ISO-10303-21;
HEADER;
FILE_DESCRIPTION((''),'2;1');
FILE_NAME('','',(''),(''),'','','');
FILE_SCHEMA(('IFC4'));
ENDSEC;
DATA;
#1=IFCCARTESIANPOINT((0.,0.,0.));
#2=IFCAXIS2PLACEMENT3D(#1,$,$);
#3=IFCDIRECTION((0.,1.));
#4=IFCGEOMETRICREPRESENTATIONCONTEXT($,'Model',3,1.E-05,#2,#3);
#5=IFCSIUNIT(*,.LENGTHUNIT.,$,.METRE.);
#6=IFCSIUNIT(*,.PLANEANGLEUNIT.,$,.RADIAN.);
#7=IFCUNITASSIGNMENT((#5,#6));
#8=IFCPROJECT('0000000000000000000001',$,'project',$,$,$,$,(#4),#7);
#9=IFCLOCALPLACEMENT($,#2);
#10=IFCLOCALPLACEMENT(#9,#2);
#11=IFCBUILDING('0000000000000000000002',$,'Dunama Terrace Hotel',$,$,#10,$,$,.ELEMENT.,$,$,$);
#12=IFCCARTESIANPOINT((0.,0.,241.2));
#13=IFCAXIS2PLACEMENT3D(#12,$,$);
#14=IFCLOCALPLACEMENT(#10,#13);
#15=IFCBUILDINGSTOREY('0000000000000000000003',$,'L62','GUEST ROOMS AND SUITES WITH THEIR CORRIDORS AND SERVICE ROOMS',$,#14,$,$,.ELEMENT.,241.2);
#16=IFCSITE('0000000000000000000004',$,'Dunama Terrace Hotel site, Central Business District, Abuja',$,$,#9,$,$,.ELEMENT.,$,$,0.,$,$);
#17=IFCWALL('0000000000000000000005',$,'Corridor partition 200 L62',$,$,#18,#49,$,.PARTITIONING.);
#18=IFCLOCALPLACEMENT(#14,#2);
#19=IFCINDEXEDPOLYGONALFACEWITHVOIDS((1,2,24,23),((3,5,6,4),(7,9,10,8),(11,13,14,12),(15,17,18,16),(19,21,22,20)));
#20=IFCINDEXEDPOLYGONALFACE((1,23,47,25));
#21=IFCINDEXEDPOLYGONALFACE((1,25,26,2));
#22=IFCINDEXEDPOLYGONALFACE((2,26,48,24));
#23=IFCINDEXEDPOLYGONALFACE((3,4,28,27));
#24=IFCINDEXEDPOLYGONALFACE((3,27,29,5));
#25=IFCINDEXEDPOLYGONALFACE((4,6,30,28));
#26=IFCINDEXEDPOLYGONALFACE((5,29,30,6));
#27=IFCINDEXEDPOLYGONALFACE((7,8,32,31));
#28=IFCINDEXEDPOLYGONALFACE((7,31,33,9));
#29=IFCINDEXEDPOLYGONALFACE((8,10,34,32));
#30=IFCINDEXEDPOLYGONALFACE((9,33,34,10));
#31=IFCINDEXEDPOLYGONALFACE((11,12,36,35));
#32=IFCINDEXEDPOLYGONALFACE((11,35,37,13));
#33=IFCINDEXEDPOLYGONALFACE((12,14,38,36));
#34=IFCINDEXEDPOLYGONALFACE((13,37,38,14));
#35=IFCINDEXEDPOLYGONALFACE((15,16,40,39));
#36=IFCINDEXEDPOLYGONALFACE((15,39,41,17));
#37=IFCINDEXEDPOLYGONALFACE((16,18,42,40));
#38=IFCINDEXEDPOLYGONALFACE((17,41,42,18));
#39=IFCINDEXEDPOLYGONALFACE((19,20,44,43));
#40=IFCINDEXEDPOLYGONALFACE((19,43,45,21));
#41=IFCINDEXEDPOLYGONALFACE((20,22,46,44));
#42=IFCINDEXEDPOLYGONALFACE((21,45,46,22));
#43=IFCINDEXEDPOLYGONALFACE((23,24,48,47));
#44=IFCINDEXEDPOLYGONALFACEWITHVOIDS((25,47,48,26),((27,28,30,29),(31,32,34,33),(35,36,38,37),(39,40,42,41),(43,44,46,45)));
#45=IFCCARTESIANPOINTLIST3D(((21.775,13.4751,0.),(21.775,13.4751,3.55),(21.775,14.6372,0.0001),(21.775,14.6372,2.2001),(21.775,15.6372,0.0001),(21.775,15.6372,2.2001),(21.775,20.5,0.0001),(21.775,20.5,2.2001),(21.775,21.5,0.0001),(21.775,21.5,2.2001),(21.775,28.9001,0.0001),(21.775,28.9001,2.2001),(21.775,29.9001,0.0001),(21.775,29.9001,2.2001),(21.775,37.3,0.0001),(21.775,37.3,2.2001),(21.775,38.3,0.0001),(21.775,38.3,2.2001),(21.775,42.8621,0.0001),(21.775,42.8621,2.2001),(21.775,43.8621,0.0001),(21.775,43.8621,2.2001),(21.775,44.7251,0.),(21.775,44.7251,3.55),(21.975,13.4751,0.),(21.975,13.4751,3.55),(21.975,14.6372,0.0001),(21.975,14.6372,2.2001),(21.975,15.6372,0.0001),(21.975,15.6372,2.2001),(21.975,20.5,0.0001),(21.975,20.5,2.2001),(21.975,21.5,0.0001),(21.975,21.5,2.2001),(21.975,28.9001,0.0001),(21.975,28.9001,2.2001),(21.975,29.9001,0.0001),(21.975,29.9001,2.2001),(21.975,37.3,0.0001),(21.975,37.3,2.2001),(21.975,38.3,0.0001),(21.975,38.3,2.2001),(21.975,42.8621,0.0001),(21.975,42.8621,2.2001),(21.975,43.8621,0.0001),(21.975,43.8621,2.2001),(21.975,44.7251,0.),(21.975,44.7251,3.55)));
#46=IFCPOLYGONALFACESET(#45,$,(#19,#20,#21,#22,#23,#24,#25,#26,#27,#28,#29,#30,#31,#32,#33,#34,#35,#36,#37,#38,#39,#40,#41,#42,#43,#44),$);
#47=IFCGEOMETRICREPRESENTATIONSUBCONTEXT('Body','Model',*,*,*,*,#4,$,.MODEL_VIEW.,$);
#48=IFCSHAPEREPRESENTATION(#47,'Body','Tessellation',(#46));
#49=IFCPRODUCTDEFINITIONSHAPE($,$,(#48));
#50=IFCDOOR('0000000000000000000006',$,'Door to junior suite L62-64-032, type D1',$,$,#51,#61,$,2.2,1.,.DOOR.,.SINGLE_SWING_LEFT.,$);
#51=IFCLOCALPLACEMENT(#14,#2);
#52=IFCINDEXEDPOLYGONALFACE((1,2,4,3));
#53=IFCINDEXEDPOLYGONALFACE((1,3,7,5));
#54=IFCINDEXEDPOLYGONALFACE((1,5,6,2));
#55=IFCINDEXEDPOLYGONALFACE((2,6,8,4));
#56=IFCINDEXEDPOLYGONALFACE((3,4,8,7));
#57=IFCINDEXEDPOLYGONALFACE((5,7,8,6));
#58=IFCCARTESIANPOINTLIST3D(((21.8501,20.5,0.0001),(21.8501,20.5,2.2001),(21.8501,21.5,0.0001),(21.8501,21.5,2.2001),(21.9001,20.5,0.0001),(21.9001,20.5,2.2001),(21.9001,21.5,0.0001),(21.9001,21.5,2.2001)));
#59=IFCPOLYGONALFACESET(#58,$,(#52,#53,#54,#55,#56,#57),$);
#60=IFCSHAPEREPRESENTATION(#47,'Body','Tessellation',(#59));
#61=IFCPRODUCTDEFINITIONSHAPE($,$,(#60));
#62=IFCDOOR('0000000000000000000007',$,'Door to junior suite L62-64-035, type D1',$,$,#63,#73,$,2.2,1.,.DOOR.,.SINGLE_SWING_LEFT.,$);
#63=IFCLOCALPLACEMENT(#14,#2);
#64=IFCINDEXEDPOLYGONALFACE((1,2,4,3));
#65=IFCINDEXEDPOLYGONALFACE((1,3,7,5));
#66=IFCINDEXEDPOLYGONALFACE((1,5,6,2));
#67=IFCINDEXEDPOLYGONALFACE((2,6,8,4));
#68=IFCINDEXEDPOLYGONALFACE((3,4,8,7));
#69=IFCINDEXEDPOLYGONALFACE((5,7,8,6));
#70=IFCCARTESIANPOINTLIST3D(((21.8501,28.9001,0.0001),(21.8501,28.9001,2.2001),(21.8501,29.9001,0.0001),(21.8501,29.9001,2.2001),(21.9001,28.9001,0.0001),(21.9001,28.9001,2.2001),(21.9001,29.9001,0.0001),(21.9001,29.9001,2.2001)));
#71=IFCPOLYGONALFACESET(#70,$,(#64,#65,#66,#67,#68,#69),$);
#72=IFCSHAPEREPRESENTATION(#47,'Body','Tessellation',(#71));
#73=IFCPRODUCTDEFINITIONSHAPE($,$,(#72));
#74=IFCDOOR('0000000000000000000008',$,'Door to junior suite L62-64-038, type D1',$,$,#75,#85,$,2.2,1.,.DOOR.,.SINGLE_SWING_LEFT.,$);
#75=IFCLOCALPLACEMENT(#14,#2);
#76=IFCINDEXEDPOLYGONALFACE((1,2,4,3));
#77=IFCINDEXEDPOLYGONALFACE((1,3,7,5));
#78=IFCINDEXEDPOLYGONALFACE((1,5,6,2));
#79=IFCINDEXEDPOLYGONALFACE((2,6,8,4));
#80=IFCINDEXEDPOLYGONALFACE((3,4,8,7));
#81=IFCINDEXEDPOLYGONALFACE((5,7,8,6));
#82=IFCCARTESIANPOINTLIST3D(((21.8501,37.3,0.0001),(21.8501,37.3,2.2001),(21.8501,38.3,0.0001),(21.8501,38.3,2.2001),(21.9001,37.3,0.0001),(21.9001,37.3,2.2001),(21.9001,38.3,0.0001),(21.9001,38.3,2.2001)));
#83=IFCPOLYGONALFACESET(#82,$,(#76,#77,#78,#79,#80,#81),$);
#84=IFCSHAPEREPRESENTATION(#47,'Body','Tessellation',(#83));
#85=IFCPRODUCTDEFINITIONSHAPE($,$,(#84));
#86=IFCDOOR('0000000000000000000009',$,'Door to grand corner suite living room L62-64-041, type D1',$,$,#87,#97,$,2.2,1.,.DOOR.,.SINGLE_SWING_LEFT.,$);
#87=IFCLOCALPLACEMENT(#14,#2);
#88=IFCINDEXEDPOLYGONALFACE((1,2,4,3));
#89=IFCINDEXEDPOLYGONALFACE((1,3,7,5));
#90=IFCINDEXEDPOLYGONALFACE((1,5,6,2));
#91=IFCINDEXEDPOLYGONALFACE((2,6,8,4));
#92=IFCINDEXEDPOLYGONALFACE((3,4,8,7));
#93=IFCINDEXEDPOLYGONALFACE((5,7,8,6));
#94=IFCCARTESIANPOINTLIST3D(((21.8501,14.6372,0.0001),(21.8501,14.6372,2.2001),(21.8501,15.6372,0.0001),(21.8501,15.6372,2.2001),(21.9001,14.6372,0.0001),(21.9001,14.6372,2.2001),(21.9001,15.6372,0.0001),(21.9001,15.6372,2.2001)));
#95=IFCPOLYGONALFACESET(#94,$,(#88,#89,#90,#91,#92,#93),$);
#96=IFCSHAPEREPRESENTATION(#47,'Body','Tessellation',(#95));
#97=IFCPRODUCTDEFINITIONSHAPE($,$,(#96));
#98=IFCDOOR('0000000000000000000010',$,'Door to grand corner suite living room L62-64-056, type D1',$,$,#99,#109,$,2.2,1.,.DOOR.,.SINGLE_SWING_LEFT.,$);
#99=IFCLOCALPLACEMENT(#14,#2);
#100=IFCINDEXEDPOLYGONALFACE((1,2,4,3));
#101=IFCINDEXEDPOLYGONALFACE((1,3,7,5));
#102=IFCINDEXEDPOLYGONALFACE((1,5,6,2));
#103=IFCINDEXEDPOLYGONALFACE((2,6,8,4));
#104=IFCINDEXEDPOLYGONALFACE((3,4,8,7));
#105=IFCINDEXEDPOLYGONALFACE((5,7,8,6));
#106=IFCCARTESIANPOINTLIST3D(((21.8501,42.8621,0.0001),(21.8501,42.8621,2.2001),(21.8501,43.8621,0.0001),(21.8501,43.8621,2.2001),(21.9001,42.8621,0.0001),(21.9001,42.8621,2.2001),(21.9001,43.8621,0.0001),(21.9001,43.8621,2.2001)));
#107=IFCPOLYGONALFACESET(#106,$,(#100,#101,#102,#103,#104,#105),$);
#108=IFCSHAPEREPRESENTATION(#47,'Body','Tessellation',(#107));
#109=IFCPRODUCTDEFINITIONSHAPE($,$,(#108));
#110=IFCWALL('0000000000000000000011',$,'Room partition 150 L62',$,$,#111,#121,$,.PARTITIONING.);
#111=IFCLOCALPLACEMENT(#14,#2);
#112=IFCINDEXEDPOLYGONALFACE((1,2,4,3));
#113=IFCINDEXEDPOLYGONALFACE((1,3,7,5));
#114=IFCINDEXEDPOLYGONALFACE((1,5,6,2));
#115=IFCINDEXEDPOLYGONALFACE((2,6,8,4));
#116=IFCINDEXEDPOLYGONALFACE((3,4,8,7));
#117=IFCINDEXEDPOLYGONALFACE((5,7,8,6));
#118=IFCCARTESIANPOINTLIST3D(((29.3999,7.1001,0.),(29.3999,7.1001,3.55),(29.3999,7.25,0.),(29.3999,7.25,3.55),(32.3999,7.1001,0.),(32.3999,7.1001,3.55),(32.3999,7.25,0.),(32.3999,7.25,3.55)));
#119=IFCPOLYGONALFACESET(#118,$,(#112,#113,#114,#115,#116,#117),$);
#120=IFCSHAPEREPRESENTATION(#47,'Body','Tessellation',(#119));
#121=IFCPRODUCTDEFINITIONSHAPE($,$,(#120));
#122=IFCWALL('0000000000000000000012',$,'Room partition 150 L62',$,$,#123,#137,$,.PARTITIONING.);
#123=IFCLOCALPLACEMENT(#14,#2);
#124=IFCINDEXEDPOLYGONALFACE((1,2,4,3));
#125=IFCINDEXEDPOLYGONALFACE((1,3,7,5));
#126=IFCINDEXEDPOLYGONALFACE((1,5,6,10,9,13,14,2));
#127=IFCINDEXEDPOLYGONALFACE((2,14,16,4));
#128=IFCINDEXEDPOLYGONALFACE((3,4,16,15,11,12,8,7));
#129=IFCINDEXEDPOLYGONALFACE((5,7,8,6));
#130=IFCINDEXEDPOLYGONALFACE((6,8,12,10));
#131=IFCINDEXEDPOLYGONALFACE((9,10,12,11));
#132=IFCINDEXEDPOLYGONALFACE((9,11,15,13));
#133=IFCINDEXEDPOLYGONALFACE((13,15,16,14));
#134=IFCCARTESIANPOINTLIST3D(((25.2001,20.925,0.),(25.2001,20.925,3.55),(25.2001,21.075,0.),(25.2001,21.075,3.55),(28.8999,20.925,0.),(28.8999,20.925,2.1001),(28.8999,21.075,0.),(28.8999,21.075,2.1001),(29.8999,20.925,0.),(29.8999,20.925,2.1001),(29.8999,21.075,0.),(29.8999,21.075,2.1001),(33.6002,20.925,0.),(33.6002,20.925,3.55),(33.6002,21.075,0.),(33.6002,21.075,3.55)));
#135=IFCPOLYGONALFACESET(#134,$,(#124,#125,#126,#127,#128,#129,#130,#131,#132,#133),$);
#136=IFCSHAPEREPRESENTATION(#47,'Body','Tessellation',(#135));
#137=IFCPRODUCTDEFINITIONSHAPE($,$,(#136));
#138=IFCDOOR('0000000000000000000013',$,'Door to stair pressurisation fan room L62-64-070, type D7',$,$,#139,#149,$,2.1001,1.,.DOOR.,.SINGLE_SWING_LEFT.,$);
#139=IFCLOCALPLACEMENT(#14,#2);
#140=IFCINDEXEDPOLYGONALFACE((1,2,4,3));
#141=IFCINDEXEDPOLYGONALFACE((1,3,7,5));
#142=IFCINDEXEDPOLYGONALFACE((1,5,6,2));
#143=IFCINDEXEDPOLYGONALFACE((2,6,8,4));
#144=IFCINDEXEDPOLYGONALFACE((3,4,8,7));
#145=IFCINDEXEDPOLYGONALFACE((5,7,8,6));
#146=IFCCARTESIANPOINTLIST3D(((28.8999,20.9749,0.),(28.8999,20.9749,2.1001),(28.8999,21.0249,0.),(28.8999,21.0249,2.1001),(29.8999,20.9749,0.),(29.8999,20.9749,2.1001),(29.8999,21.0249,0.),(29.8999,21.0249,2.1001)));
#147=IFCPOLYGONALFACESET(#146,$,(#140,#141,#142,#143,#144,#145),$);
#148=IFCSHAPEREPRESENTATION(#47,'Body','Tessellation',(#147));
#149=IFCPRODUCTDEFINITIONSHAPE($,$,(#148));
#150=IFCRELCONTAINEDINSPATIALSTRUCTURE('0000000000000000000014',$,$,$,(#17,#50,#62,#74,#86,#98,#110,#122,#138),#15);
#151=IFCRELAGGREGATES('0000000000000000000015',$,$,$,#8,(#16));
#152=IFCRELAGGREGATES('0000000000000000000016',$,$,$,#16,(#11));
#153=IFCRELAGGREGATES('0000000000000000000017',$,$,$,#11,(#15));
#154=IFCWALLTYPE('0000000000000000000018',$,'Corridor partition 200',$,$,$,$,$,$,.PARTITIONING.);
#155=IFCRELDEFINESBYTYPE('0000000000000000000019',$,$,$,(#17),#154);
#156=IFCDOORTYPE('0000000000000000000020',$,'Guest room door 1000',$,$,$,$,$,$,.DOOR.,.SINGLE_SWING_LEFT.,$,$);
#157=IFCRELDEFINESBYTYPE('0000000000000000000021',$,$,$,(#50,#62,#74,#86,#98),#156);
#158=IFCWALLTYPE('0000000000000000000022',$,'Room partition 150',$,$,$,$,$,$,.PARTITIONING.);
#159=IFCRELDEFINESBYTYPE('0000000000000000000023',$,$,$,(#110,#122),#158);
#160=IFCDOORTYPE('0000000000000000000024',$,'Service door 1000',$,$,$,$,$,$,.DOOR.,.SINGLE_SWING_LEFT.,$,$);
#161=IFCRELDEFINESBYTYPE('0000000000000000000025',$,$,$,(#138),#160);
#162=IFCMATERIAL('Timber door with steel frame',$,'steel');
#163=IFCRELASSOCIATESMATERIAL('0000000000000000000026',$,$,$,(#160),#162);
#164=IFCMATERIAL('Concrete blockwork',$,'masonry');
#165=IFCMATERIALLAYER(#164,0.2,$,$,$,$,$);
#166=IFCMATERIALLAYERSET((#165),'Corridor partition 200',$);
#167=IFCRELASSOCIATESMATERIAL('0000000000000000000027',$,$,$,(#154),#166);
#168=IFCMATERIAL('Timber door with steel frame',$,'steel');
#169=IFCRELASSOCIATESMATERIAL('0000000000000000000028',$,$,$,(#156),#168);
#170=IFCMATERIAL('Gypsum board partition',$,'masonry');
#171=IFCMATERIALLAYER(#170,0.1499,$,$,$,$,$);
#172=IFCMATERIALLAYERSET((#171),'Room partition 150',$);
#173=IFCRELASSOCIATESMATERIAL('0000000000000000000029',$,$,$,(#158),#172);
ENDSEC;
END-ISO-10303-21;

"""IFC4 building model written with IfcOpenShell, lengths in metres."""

from ifc_helpers import new_model, si_unit, direction, frame, frame_2d, origin, place, context, subcontext, project, spatial, rectangle, extrude, material, layer, layer_set, type_object, element, fill, save


model = new_model("IFC4")

# Units and contexts
model_context = context("Model", 3, precision=1e-05, world=origin(), true_north=direction((0.0, 1.0)))
body_context = subcontext(model_context, "Body", "Model", "MODEL_VIEW")
ifc_project = project(units=[si_unit("LENGTHUNIT", "METRE"), si_unit("PLANEANGLEUNIT", "RADIAN")], contexts=[model_context])

# Site, building, storey
site_placement = place(None, origin())
site = spatial("IfcSite", under=ifc_project, at=site_placement, Name="Dunama Terrace Hotel site, Central Business District, Abuja", CompositionType="ELEMENT", RefElevation=0.0)
building_placement = place(site_placement, origin())
building = spatial("IfcBuilding", under=site, at=building_placement, Name="Dunama Terrace Hotel", CompositionType="ELEMENT")
storey_placement = place(building_placement, frame((0.0, 0.0, 241.2)))
storey = spatial("IfcBuildingStorey", under=building, at=storey_placement, Name="L62", Description="GUEST ROOMS AND SUITES WITH THEIR CORRIDORS AND SERVICE ROOMS", CompositionType="ELEMENT", Elevation=241.2)

# Wall, openings, doors
ifc_material_1 = material(Name="Timber door with steel frame", Category="steel")
door_type_1 = type_object("IfcDoorType", Name="Service door 1000", OperationType="SINGLE_SWING_LEFT", PredefinedType="DOOR", material=ifc_material_1)
ifc_material_2 = material(Name="Concrete blockwork", Category="masonry")
ifc_layer_1 = layer(ifc_material_2, 0.2)
ifc_layer_set_1 = layer_set([ifc_layer_1], Name="Corridor partition 200")
wall_type_1 = type_object("IfcWallType", Name="Corridor partition 200", PredefinedType="PARTITIONING", material=ifc_layer_set_1)
wall_1_placement = place(storey_placement, frame((21.875, 13.4751, 0.0), z_axis=(0.0, 0.0, 1.0), x_axis=(0.0, 1.0, 0.0)))
wall_1 = element("IfcWall", 1, at=wall_1_placement, inside=storey, type_object=wall_type_1, Name="Corridor partition 200 L62", PredefinedType="PARTITIONING", context=body_context, shape_type="SweptSolid", body=[
    extrude(rectangle(XDim=31.25, YDim=0.2, at=frame_2d((15.625, 0.0))), origin(), (0.0, 0.0, 1.0), 3.55),
])
opening_1_placement = place(wall_1_placement, frame((7.0249, 0.0, 0.0)))
opening_1 = element("IfcOpeningElement", 2, at=opening_1_placement, cuts=wall_1, PredefinedType="OPENING", context=body_context, shape_type="SweptSolid", body=[
    extrude(rectangle(XDim=1.0, YDim=2.2, at=frame_2d((0.5, 1.1001))), frame((0.0, 0.1099, 0.0), z_axis=(0.0, -1.0, 0.0), x_axis=(1.0, 0.0, 0.0)), (0.0, 0.0, 1.0), 0.22),
])
opening_2_placement = place(wall_1_placement, frame((15.425, 0.0, 0.0)))
opening_2 = element("IfcOpeningElement", 3, at=opening_2_placement, cuts=wall_1, PredefinedType="OPENING", context=body_context, shape_type="SweptSolid", body=[
    extrude(rectangle(XDim=1.0, YDim=2.2, at=frame_2d((0.5, 1.1001))), frame((0.0, 0.1099, 0.0), z_axis=(0.0, -1.0, 0.0), x_axis=(1.0, 0.0, 0.0)), (0.0, 0.0, 1.0), 0.22),
])
opening_3_placement = place(wall_1_placement, frame((23.825, 0.0, 0.0)))
opening_3 = element("IfcOpeningElement", 4, at=opening_3_placement, cuts=wall_1, PredefinedType="OPENING", context=body_context, shape_type="SweptSolid", body=[
    extrude(rectangle(XDim=1.0, YDim=2.2, at=frame_2d((0.5, 1.1001))), frame((0.0, 0.1099, 0.0), z_axis=(0.0, -1.0, 0.0), x_axis=(1.0, 0.0, 0.0)), (0.0, 0.0, 1.0), 0.22),
])
opening_4_placement = place(wall_1_placement, frame((1.1621, 0.0, 0.0)))
opening_4 = element("IfcOpeningElement", 5, at=opening_4_placement, cuts=wall_1, PredefinedType="OPENING", context=body_context, shape_type="SweptSolid", body=[
    extrude(rectangle(XDim=1.0, YDim=2.2, at=frame_2d((0.5, 1.1001))), frame((0.0, 0.1099, 0.0), z_axis=(0.0, -1.0, 0.0), x_axis=(1.0, 0.0, 0.0)), (0.0, 0.0, 1.0), 0.22),
])
opening_5_placement = place(wall_1_placement, frame((29.387, 0.0, 0.0)))
opening_5 = element("IfcOpeningElement", 6, at=opening_5_placement, cuts=wall_1, PredefinedType="OPENING", context=body_context, shape_type="SweptSolid", body=[
    extrude(rectangle(XDim=1.0, YDim=2.2, at=frame_2d((0.5, 1.1001))), frame((0.0, 0.1099, 0.0), z_axis=(0.0, -1.0, 0.0), x_axis=(1.0, 0.0, 0.0)), (0.0, 0.0, 1.0), 0.22),
])
ifc_material_3 = material(Name="Timber door with steel frame", Category="steel")
door_type_2 = type_object("IfcDoorType", Name="Guest room door 1000", OperationType="SINGLE_SWING_LEFT", PredefinedType="DOOR", material=ifc_material_3)
door_1_placement = place(opening_1_placement, origin())
door_1 = element("IfcDoor", 7, at=door_1_placement, inside=storey, type_object=door_type_2, Name="Door to junior suite L62-64-032, type D1", OperationType="SINGLE_SWING_LEFT", OverallHeight=2.2, OverallWidth=1.0, PredefinedType="DOOR", context=body_context, shape_type="SweptSolid", body=[
    extrude(rectangle(XDim=1.0, YDim=2.2, at=frame_2d((0.5, 1.1001))), frame((0.0, 0.0249, 0.0), z_axis=(0.0, -1.0, 0.0), x_axis=(1.0, 0.0, 0.0)), (0.0, 0.0, 1.0), 0.05),
])
fill(opening_1, door_1)
door_2_placement = place(opening_2_placement, origin())
door_2 = element("IfcDoor", 8, at=door_2_placement, inside=storey, type_object=door_type_2, Name="Door to junior suite L62-64-035, type D1", OperationType="SINGLE_SWING_LEFT", OverallHeight=2.2, OverallWidth=1.0, PredefinedType="DOOR", context=body_context, shape_type="SweptSolid", body=[
    extrude(rectangle(XDim=1.0, YDim=2.2, at=frame_2d((0.5, 1.1001))), frame((0.0, 0.0249, 0.0), z_axis=(0.0, -1.0, 0.0), x_axis=(1.0, 0.0, 0.0)), (0.0, 0.0, 1.0), 0.05),
])
fill(opening_2, door_2)
door_3_placement = place(opening_3_placement, origin())
door_3 = element("IfcDoor", 9, at=door_3_placement, inside=storey, type_object=door_type_2, Name="Door to junior suite L62-64-038, type D1", OperationType="SINGLE_SWING_LEFT", OverallHeight=2.2, OverallWidth=1.0, PredefinedType="DOOR", context=body_context, shape_type="SweptSolid", body=[
    extrude(rectangle(XDim=1.0, YDim=2.2, at=frame_2d((0.5, 1.1001))), frame((0.0, 0.0249, 0.0), z_axis=(0.0, -1.0, 0.0), x_axis=(1.0, 0.0, 0.0)), (0.0, 0.0, 1.0), 0.05),
])
fill(opening_3, door_3)
door_4_placement = place(opening_4_placement, origin())
door_4 = element("IfcDoor", 10, at=door_4_placement, inside=storey, type_object=door_type_2, Name="Door to grand corner suite living room L62-64-041, type D1", OperationType="SINGLE_SWING_LEFT", OverallHeight=2.2, OverallWidth=1.0, PredefinedType="DOOR", context=body_context, shape_type="SweptSolid", body=[
    extrude(rectangle(XDim=1.0, YDim=2.2, at=frame_2d((0.5, 1.1001))), frame((0.0, 0.0249, 0.0), z_axis=(0.0, -1.0, 0.0), x_axis=(1.0, 0.0, 0.0)), (0.0, 0.0, 1.0), 0.05),
])
fill(opening_4, door_4)
door_5_placement = place(opening_5_placement, origin())
door_5 = element("IfcDoor", 11, at=door_5_placement, inside=storey, type_object=door_type_2, Name="Door to grand corner suite living room L62-64-056, type D1", OperationType="SINGLE_SWING_LEFT", OverallHeight=2.2, OverallWidth=1.0, PredefinedType="DOOR", context=body_context, shape_type="SweptSolid", body=[
    extrude(rectangle(XDim=1.0, YDim=2.2, at=frame_2d((0.5, 1.1001))), frame((0.0, 0.0249, 0.0), z_axis=(0.0, -1.0, 0.0), x_axis=(1.0, 0.0, 0.0)), (0.0, 0.0, 1.0), 0.05),
])
fill(opening_5, door_5)

# Wall
ifc_material_4 = material(Name="Gypsum board partition", Category="masonry")
ifc_layer_2 = layer(ifc_material_4, 0.1499)
ifc_layer_set_2 = layer_set([ifc_layer_2], Name="Room partition 150")
wall_type_2 = type_object("IfcWallType", Name="Room partition 150", PredefinedType="PARTITIONING", material=ifc_layer_set_2)
wall_2_placement = place(storey_placement, frame((29.3999, 7.175, 0.0), z_axis=(0.0, 0.0, 1.0), x_axis=(1.0, 0.0, 0.0)))
element("IfcWall", 12, at=wall_2_placement, inside=storey, type_object=wall_type_2, Name="Room partition 150 L62", PredefinedType="PARTITIONING", context=body_context, shape_type="SweptSolid", body=[
    extrude(rectangle(XDim=3.0, YDim=0.1499, at=frame_2d((1.5, 0.0))), origin(), (0.0, 0.0, 1.0), 3.55),
])

# Wall, opening, door
wall_3_placement = place(storey_placement, frame((25.2, 21.0, 0.0), z_axis=(0.0, 0.0, 1.0), x_axis=(1.0, 0.0, 0.0)))
wall_3 = element("IfcWall", 13, at=wall_3_placement, inside=storey, type_object=wall_type_2, Name="Room partition 150 L62", PredefinedType="PARTITIONING", context=body_context, shape_type="SweptSolid", body=[
    extrude(rectangle(XDim=8.4001, YDim=0.1499, at=frame_2d((4.2002, 0.0))), origin(), (0.0, 0.0, 1.0), 3.55),
])
opening_6_placement = place(wall_3_placement, frame((3.7, 0.0, 0.0)))
opening_6 = element("IfcOpeningElement", 14, at=opening_6_placement, cuts=wall_3, PredefinedType="OPENING", context=body_context, shape_type="SweptSolid", body=[
    extrude(rectangle(XDim=1.0, YDim=2.1001, at=frame_2d((0.5, 1.05))), frame((0.0, 0.085, 0.0), z_axis=(0.0, -1.0, 0.0), x_axis=(1.0, 0.0, 0.0)), (0.0, 0.0, 1.0), 0.1699),
])
door_6_placement = place(opening_6_placement, origin())
door_6 = element("IfcDoor", 15, at=door_6_placement, inside=storey, type_object=door_type_1, Name="Door to stair pressurisation fan room L62-64-070, type D7", OperationType="SINGLE_SWING_LEFT", OverallHeight=2.1001, OverallWidth=1.0, PredefinedType="DOOR", context=body_context, shape_type="SweptSolid", body=[
    extrude(rectangle(XDim=1.0, YDim=2.1001, at=frame_2d((0.5, 1.05))), frame((0.0, 0.0249, 0.0), z_axis=(0.0, -1.0, 0.0), x_axis=(1.0, 0.0, 0.0)), (0.0, 0.0, 1.0), 0.05),
])
fill(opening_6, door_6)

save(model, "model.ifc")
